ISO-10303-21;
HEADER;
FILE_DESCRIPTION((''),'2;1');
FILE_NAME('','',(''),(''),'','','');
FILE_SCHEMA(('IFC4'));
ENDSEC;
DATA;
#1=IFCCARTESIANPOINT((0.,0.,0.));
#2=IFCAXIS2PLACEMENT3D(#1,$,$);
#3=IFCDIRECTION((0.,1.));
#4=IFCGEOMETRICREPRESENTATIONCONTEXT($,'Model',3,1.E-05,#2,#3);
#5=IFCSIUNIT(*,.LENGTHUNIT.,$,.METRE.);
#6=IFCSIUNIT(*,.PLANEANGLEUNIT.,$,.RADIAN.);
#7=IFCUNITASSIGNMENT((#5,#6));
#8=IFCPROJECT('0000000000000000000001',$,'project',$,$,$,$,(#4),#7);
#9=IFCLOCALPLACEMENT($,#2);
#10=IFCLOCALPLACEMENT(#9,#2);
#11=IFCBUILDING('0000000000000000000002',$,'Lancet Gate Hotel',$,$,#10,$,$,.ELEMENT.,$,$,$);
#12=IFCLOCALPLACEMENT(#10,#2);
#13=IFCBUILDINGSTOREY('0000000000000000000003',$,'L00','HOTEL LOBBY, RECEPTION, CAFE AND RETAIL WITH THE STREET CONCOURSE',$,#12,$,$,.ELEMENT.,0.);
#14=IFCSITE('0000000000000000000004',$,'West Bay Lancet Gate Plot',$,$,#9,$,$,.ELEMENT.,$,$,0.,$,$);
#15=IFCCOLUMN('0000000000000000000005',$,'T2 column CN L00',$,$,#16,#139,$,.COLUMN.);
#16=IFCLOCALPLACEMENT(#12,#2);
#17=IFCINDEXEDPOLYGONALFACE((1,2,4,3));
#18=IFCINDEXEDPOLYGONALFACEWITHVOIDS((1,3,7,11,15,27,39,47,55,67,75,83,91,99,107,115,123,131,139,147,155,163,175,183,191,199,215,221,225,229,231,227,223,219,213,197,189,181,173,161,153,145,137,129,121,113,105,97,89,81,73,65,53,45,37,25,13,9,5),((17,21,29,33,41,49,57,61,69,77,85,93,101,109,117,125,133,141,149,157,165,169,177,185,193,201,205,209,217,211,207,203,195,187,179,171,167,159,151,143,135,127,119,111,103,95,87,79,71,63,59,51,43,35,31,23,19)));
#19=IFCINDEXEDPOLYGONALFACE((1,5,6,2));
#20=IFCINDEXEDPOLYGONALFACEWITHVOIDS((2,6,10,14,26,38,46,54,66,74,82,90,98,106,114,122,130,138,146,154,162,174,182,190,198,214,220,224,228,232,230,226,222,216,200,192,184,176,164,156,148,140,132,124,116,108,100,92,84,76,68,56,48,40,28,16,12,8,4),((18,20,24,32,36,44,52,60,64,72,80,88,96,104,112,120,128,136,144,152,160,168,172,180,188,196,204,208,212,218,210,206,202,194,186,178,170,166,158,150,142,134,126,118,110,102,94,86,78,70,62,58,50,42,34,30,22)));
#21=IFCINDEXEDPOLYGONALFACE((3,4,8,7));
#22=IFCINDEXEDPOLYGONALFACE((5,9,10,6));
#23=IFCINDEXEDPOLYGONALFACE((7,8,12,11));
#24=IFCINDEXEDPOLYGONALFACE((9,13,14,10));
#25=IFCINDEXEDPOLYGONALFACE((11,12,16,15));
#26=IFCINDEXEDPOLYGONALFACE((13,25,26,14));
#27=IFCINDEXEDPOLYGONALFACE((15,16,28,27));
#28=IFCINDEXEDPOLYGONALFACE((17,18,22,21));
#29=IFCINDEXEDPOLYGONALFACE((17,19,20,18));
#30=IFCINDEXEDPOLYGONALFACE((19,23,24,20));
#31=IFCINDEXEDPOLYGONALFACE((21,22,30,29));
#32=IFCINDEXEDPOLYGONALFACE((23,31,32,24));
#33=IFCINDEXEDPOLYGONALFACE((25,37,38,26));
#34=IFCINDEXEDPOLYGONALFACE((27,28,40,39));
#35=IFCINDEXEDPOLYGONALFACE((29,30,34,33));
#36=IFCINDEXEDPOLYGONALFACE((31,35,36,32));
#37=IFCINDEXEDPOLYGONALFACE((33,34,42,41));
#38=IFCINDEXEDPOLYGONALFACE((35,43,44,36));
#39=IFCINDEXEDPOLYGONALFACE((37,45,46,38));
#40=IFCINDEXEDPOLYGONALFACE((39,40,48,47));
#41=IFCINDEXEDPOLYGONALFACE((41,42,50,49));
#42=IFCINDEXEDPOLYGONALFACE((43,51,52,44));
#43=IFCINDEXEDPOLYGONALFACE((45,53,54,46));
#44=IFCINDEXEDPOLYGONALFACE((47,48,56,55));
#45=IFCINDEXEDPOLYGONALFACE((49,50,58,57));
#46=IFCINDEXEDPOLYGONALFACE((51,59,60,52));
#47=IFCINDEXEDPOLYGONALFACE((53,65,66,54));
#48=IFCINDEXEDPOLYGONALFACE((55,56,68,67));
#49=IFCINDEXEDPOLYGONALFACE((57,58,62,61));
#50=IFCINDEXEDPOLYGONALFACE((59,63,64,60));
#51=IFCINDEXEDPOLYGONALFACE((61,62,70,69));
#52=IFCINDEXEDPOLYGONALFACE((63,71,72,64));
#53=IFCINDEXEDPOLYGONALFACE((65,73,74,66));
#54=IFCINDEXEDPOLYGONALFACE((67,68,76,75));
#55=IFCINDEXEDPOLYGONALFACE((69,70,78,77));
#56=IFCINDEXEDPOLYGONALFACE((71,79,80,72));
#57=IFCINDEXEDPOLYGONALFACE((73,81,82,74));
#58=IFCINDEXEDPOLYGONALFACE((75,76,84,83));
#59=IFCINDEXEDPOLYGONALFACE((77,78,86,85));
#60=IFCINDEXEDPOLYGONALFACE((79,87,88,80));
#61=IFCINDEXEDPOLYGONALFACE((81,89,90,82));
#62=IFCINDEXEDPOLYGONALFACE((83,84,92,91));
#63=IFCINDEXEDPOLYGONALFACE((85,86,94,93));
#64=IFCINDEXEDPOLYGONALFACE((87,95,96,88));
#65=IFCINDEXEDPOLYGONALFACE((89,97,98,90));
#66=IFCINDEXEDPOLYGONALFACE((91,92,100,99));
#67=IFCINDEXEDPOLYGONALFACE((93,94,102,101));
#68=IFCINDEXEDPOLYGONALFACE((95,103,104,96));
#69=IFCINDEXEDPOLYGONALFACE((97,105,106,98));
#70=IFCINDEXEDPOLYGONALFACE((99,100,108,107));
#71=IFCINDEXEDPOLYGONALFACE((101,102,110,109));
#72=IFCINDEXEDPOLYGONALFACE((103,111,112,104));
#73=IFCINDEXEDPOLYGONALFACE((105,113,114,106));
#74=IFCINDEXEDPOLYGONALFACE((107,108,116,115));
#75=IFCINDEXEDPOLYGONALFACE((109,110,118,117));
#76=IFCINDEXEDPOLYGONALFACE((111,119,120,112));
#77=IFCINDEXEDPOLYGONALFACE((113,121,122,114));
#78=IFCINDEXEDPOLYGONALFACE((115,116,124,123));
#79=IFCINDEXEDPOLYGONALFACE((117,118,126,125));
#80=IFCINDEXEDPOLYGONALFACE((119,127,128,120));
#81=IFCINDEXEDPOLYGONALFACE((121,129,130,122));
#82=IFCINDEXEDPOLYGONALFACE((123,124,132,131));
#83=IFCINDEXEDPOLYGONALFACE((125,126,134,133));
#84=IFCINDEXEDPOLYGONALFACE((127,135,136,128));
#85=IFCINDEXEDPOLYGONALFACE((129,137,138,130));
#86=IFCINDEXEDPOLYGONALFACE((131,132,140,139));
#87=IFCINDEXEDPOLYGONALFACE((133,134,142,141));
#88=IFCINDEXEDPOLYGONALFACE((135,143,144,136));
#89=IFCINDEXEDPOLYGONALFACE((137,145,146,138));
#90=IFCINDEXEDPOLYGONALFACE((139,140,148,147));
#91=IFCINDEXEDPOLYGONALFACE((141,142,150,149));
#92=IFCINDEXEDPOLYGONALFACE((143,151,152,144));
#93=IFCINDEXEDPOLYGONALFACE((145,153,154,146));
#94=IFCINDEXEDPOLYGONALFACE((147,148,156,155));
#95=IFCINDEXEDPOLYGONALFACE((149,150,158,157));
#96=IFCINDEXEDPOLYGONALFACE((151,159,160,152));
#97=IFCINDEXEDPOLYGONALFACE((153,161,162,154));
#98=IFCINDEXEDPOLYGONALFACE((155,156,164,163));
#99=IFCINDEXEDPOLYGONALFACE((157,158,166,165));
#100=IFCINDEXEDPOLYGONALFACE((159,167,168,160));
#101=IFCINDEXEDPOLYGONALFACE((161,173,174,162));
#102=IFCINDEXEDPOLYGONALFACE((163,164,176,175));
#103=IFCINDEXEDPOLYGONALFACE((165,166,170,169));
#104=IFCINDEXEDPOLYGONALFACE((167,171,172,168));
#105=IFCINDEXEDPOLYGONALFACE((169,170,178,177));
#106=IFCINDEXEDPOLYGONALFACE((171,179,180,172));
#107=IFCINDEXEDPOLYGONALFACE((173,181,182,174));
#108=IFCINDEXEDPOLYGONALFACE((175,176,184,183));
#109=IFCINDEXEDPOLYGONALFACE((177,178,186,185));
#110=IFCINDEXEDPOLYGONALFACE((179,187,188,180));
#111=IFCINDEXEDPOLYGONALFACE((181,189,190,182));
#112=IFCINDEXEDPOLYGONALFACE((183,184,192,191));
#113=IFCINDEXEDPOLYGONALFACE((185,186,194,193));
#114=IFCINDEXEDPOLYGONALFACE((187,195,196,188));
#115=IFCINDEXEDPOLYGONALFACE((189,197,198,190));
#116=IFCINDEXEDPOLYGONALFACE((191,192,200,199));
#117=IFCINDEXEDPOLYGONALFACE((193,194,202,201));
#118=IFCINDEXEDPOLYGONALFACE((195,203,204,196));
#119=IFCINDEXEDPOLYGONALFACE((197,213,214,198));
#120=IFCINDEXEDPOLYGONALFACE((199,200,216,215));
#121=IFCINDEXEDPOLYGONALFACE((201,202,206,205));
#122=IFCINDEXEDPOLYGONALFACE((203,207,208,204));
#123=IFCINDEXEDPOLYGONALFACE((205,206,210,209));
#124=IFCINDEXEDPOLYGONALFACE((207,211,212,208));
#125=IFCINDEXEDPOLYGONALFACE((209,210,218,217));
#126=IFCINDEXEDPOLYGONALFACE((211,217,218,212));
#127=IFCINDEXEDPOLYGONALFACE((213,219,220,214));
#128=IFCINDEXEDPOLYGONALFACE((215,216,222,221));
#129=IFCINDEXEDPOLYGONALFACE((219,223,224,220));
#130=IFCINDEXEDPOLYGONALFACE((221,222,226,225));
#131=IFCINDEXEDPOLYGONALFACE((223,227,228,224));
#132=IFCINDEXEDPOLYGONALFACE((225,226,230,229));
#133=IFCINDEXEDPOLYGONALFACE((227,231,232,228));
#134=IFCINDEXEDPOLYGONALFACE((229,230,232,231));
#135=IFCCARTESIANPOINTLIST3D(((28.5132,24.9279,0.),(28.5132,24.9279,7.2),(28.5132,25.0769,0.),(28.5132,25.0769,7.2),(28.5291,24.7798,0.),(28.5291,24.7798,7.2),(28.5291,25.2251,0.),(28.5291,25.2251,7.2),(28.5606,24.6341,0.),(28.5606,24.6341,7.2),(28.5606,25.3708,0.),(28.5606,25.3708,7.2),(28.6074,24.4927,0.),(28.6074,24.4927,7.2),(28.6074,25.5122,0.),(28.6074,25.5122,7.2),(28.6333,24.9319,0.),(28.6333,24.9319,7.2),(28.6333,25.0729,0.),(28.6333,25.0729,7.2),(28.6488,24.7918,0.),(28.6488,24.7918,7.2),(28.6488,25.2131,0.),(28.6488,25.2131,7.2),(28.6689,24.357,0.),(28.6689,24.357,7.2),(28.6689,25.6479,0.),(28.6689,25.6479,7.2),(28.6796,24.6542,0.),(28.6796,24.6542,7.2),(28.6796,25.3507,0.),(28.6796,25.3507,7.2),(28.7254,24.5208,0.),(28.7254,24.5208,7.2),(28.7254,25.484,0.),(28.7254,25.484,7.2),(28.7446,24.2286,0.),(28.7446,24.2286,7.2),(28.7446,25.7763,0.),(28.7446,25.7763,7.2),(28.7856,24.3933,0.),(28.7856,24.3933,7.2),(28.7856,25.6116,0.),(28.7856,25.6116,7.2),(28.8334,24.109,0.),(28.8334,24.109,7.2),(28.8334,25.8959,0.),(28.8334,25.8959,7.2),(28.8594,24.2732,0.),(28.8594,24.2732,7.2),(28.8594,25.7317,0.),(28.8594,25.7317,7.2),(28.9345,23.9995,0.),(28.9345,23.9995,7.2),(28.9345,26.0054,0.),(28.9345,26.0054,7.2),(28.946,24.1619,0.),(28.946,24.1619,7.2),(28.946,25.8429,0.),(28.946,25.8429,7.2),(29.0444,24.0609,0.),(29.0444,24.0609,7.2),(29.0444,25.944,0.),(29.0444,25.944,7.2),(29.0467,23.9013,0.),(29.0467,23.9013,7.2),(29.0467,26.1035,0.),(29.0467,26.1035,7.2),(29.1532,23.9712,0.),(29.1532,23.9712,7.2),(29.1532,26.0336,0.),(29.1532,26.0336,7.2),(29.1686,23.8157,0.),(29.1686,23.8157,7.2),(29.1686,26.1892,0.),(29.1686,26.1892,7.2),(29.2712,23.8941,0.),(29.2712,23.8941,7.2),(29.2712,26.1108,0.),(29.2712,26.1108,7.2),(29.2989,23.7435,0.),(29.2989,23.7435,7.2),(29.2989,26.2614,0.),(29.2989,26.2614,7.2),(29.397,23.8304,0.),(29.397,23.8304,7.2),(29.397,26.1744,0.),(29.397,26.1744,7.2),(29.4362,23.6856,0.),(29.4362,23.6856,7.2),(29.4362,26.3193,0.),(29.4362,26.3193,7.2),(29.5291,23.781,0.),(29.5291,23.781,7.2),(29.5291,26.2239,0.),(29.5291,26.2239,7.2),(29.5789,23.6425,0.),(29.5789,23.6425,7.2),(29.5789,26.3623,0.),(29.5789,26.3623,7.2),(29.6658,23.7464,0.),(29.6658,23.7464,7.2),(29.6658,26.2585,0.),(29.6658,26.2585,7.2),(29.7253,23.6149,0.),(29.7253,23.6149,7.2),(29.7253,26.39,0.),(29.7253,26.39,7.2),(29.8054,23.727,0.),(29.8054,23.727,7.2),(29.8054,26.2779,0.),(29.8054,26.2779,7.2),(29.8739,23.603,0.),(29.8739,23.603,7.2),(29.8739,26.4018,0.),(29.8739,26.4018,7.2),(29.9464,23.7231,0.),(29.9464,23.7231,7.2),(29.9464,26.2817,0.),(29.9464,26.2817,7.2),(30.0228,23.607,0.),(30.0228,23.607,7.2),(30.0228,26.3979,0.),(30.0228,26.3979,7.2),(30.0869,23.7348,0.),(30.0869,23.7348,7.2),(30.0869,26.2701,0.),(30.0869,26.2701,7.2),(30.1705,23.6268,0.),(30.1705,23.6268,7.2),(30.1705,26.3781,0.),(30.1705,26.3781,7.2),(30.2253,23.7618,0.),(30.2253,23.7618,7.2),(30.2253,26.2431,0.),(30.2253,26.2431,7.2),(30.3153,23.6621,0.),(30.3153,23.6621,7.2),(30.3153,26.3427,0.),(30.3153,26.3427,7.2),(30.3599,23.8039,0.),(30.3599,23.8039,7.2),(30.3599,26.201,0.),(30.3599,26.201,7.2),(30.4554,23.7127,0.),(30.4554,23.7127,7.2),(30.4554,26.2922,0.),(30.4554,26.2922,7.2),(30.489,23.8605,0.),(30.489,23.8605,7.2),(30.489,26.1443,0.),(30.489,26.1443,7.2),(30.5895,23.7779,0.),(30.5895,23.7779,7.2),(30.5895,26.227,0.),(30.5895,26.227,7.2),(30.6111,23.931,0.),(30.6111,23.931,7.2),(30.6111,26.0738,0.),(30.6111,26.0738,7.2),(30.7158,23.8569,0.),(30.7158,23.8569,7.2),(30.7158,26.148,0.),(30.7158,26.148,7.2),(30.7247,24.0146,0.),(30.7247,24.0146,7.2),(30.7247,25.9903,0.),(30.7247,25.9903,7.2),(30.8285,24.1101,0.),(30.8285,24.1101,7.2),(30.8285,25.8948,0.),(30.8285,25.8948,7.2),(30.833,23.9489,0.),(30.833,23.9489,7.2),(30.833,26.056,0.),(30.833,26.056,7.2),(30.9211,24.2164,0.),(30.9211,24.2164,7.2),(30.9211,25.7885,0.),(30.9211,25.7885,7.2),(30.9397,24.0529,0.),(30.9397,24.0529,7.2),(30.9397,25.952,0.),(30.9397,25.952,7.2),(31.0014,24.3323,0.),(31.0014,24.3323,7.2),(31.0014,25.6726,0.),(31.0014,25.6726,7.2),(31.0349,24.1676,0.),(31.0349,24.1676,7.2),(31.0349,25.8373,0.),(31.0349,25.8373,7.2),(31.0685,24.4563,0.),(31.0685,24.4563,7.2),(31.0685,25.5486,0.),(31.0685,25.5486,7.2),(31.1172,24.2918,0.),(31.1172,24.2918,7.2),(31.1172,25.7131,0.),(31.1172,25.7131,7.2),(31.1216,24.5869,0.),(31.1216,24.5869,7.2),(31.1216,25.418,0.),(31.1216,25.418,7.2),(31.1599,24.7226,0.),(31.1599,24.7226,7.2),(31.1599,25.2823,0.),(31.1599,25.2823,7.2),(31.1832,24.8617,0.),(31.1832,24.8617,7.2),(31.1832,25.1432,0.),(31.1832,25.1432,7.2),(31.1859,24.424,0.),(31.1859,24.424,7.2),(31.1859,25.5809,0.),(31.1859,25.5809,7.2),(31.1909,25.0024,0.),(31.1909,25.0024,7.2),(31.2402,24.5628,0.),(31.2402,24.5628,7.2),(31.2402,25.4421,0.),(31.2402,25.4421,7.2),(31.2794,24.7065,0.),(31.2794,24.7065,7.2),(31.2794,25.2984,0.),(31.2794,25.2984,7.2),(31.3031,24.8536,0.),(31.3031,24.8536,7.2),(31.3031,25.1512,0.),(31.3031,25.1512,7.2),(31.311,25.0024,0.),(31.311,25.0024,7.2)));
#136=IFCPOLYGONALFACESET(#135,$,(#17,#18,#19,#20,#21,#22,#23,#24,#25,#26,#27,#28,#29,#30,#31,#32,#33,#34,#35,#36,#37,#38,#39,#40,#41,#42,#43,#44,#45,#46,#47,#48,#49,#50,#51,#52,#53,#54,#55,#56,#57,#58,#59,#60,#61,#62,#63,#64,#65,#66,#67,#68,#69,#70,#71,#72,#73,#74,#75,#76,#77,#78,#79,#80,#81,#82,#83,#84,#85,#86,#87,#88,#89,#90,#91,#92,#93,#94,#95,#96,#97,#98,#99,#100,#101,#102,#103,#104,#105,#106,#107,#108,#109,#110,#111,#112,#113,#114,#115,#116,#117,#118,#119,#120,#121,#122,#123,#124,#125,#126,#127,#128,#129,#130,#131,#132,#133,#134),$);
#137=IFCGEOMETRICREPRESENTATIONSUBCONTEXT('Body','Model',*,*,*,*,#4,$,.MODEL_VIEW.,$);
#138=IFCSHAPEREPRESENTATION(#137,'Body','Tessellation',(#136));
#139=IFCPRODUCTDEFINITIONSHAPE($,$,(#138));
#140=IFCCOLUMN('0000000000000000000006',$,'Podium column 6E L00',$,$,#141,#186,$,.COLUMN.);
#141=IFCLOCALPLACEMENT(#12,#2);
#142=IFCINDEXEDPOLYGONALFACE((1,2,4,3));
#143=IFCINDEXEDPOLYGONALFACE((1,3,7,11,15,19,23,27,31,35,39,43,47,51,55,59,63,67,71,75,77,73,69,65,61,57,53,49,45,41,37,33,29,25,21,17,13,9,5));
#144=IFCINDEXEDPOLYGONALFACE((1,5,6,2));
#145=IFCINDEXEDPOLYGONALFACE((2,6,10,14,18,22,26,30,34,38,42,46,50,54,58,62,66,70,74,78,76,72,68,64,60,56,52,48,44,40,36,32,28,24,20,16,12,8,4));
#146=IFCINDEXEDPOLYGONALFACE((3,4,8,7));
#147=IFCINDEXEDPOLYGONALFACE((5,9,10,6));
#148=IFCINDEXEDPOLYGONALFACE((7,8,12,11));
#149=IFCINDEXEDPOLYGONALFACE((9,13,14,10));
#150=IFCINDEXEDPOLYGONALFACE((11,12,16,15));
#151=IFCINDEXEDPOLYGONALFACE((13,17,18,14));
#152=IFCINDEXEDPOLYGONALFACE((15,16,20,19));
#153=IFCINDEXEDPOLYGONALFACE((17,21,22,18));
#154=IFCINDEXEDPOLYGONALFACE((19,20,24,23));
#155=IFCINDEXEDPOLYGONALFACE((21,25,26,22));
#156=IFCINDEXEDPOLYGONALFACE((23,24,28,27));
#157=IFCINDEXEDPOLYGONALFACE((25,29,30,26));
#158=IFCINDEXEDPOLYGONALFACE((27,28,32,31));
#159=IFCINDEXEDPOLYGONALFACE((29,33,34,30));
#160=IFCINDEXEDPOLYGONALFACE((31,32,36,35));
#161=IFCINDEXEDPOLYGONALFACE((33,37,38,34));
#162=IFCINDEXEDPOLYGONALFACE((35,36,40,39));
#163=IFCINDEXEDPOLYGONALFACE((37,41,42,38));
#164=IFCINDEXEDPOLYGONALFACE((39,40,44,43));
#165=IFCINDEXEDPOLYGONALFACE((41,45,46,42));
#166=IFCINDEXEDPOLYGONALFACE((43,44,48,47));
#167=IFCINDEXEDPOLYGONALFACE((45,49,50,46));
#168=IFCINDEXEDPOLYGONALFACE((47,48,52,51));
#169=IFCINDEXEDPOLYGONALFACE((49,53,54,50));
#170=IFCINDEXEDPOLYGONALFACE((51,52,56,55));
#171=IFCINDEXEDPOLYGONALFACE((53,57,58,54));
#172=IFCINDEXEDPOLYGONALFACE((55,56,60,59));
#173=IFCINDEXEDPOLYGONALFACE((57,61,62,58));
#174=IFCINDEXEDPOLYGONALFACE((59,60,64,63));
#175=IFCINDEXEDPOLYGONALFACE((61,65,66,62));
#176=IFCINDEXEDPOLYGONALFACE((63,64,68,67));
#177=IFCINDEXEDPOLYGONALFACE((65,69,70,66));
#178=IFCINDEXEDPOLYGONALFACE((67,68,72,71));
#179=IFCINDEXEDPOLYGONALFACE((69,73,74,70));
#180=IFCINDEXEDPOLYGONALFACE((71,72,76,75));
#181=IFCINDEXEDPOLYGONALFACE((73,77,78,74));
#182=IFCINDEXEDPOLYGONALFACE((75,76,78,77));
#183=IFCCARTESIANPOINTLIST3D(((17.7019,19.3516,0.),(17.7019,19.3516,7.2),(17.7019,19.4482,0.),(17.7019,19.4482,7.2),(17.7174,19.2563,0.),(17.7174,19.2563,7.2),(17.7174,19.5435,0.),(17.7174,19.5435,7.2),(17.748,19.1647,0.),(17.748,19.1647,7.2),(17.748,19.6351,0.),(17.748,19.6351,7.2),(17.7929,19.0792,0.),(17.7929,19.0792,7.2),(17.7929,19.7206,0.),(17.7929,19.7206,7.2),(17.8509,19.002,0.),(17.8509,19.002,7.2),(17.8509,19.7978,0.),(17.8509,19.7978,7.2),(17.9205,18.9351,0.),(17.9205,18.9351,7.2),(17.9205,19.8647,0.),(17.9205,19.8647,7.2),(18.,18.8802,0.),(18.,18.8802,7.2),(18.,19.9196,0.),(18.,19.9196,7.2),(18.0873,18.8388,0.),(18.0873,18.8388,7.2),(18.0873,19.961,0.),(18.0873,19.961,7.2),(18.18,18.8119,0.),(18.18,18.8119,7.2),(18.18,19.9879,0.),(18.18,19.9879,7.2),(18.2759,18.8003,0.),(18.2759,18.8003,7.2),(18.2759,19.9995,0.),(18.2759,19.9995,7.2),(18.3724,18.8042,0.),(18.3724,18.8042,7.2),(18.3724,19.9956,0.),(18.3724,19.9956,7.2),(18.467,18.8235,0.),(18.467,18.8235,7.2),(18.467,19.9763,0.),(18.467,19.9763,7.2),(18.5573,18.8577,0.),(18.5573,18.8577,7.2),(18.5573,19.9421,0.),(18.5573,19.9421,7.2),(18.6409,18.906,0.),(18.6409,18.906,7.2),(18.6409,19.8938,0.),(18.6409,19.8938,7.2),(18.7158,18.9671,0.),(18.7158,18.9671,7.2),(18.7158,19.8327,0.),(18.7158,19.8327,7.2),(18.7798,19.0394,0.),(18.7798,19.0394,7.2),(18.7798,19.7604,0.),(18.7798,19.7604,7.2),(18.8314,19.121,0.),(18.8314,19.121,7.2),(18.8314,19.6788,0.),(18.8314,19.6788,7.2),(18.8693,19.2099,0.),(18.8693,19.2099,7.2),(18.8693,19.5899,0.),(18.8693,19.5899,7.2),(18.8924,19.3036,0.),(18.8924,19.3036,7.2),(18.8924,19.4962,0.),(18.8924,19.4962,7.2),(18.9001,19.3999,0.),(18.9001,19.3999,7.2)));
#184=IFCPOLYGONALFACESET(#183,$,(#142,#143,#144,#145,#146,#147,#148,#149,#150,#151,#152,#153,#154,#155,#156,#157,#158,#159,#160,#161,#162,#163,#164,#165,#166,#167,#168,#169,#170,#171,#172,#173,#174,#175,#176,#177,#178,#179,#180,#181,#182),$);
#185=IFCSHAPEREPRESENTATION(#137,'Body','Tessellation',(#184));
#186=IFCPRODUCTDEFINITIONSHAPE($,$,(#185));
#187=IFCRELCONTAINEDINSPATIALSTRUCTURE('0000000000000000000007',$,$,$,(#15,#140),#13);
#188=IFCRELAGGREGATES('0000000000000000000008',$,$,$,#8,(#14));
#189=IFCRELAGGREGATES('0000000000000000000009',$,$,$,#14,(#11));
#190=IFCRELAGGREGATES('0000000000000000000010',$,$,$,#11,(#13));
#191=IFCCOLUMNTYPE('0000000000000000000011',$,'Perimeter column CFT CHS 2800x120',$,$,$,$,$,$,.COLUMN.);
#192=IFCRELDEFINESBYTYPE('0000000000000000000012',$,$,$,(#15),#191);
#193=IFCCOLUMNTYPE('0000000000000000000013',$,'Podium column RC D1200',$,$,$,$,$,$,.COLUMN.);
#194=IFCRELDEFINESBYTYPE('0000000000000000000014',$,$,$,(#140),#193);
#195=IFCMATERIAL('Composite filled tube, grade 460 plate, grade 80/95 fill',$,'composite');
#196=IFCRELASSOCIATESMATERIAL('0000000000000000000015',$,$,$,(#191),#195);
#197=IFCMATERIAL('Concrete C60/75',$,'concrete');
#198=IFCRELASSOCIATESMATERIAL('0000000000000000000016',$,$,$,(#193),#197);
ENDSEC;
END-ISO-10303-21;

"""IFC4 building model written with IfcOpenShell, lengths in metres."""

from ifc_helpers import new_model, si_unit, direction, frame, origin, origin_2d, place, context, subcontext, project, spatial, circle, hollow_circle, extrude, material, material_profile, profile_set, type_object, element, save


model = new_model("IFC4")

# Units and contexts
model_context = context("Model", 3, precision=1e-05, world=origin(), true_north=direction((0.0, 1.0)))
body_context = subcontext(model_context, "Body", "Model", "MODEL_VIEW")
ifc_project = project(units=[si_unit("LENGTHUNIT", "METRE"), si_unit("PLANEANGLEUNIT", "RADIAN")], contexts=[model_context])

# Site, building, storey
site_placement = place(None, origin())
site = spatial("IfcSite", under=ifc_project, at=site_placement, Name="West Bay Lancet Gate Plot", CompositionType="ELEMENT", RefElevation=0.0)
building_placement = place(site_placement, origin())
building = spatial("IfcBuilding", under=site, at=building_placement, Name="Lancet Gate Hotel", CompositionType="ELEMENT")
storey_placement = place(building_placement, origin())
storey = spatial("IfcBuildingStorey", under=building, at=storey_placement, Name="L00", Description="HOTEL LOBBY, RECEPTION, CAFE AND RETAIL WITH THE STREET CONCOURSE", CompositionType="ELEMENT", Elevation=0.0)

# Columns
ifc_material_1 = material(Name="Composite filled tube, grade 460 plate, grade 80/95 fill", Category="composite")
ifc_material_profile_1 = material_profile(ifc_material_1, hollow_circle(Radius=1.3999, WallThickness=0.1201, at=origin_2d()), Name="CHS 2800x120")
ifc_profile_set_1 = profile_set([ifc_material_profile_1], Name="Composite filled tube, grade 460 plate, grade 80/95 fill")
column_type_1 = type_object("IfcColumnType", Name="Perimeter column CFT CHS 2800x120", PredefinedType="COLUMN", material=ifc_profile_set_1)
column_placement = place(storey_placement, frame((29.9111, 25.0024, 0.0), z_axis=(0.0, 0.0, 1.0), x_axis=(1.0, 0.0, 0.0)))
element("IfcColumn", 1, at=column_placement, inside=storey, type_object=column_type_1, Name="T2 column CN L00", PredefinedType="COLUMN", context=body_context, shape_type="SweptSolid", body=[
    extrude(hollow_circle(Radius=1.3999, WallThickness=0.1201, at=origin_2d()), origin(), (0.0, 0.0, 1.0), 7.2),
])
ifc_material_2 = material(Name="Concrete C60/75", Category="concrete")
ifc_material_profile_2 = material_profile(ifc_material_2, circle(Radius=0.6001, at=origin_2d()), Name="RC D1200")
ifc_profile_set_2 = profile_set([ifc_material_profile_2], Name="Concrete C60/75")
column_type_2 = type_object("IfcColumnType", Name="Podium column RC D1200", PredefinedType="COLUMN", material=ifc_profile_set_2)
for number, where, z_axis, x_axis, name in (
    (2, (18.3, 19.3999, 0.0), (0.0, 0.0, 1.0), (1.0, 0.0, 0.0), "Podium column 6E L00"),
):
    element("IfcColumn", number, at=place(storey_placement, frame(where, z_axis=z_axis, x_axis=x_axis)), inside=storey, type_object=column_type_2, Name=name, PredefinedType="COLUMN", context=body_context, shape_type="SweptSolid", body=[
        extrude(circle(Radius=0.6001, at=origin_2d()), origin(), (0.0, 0.0, 1.0), 7.2),
    ])

save(model, "model.ifc")
